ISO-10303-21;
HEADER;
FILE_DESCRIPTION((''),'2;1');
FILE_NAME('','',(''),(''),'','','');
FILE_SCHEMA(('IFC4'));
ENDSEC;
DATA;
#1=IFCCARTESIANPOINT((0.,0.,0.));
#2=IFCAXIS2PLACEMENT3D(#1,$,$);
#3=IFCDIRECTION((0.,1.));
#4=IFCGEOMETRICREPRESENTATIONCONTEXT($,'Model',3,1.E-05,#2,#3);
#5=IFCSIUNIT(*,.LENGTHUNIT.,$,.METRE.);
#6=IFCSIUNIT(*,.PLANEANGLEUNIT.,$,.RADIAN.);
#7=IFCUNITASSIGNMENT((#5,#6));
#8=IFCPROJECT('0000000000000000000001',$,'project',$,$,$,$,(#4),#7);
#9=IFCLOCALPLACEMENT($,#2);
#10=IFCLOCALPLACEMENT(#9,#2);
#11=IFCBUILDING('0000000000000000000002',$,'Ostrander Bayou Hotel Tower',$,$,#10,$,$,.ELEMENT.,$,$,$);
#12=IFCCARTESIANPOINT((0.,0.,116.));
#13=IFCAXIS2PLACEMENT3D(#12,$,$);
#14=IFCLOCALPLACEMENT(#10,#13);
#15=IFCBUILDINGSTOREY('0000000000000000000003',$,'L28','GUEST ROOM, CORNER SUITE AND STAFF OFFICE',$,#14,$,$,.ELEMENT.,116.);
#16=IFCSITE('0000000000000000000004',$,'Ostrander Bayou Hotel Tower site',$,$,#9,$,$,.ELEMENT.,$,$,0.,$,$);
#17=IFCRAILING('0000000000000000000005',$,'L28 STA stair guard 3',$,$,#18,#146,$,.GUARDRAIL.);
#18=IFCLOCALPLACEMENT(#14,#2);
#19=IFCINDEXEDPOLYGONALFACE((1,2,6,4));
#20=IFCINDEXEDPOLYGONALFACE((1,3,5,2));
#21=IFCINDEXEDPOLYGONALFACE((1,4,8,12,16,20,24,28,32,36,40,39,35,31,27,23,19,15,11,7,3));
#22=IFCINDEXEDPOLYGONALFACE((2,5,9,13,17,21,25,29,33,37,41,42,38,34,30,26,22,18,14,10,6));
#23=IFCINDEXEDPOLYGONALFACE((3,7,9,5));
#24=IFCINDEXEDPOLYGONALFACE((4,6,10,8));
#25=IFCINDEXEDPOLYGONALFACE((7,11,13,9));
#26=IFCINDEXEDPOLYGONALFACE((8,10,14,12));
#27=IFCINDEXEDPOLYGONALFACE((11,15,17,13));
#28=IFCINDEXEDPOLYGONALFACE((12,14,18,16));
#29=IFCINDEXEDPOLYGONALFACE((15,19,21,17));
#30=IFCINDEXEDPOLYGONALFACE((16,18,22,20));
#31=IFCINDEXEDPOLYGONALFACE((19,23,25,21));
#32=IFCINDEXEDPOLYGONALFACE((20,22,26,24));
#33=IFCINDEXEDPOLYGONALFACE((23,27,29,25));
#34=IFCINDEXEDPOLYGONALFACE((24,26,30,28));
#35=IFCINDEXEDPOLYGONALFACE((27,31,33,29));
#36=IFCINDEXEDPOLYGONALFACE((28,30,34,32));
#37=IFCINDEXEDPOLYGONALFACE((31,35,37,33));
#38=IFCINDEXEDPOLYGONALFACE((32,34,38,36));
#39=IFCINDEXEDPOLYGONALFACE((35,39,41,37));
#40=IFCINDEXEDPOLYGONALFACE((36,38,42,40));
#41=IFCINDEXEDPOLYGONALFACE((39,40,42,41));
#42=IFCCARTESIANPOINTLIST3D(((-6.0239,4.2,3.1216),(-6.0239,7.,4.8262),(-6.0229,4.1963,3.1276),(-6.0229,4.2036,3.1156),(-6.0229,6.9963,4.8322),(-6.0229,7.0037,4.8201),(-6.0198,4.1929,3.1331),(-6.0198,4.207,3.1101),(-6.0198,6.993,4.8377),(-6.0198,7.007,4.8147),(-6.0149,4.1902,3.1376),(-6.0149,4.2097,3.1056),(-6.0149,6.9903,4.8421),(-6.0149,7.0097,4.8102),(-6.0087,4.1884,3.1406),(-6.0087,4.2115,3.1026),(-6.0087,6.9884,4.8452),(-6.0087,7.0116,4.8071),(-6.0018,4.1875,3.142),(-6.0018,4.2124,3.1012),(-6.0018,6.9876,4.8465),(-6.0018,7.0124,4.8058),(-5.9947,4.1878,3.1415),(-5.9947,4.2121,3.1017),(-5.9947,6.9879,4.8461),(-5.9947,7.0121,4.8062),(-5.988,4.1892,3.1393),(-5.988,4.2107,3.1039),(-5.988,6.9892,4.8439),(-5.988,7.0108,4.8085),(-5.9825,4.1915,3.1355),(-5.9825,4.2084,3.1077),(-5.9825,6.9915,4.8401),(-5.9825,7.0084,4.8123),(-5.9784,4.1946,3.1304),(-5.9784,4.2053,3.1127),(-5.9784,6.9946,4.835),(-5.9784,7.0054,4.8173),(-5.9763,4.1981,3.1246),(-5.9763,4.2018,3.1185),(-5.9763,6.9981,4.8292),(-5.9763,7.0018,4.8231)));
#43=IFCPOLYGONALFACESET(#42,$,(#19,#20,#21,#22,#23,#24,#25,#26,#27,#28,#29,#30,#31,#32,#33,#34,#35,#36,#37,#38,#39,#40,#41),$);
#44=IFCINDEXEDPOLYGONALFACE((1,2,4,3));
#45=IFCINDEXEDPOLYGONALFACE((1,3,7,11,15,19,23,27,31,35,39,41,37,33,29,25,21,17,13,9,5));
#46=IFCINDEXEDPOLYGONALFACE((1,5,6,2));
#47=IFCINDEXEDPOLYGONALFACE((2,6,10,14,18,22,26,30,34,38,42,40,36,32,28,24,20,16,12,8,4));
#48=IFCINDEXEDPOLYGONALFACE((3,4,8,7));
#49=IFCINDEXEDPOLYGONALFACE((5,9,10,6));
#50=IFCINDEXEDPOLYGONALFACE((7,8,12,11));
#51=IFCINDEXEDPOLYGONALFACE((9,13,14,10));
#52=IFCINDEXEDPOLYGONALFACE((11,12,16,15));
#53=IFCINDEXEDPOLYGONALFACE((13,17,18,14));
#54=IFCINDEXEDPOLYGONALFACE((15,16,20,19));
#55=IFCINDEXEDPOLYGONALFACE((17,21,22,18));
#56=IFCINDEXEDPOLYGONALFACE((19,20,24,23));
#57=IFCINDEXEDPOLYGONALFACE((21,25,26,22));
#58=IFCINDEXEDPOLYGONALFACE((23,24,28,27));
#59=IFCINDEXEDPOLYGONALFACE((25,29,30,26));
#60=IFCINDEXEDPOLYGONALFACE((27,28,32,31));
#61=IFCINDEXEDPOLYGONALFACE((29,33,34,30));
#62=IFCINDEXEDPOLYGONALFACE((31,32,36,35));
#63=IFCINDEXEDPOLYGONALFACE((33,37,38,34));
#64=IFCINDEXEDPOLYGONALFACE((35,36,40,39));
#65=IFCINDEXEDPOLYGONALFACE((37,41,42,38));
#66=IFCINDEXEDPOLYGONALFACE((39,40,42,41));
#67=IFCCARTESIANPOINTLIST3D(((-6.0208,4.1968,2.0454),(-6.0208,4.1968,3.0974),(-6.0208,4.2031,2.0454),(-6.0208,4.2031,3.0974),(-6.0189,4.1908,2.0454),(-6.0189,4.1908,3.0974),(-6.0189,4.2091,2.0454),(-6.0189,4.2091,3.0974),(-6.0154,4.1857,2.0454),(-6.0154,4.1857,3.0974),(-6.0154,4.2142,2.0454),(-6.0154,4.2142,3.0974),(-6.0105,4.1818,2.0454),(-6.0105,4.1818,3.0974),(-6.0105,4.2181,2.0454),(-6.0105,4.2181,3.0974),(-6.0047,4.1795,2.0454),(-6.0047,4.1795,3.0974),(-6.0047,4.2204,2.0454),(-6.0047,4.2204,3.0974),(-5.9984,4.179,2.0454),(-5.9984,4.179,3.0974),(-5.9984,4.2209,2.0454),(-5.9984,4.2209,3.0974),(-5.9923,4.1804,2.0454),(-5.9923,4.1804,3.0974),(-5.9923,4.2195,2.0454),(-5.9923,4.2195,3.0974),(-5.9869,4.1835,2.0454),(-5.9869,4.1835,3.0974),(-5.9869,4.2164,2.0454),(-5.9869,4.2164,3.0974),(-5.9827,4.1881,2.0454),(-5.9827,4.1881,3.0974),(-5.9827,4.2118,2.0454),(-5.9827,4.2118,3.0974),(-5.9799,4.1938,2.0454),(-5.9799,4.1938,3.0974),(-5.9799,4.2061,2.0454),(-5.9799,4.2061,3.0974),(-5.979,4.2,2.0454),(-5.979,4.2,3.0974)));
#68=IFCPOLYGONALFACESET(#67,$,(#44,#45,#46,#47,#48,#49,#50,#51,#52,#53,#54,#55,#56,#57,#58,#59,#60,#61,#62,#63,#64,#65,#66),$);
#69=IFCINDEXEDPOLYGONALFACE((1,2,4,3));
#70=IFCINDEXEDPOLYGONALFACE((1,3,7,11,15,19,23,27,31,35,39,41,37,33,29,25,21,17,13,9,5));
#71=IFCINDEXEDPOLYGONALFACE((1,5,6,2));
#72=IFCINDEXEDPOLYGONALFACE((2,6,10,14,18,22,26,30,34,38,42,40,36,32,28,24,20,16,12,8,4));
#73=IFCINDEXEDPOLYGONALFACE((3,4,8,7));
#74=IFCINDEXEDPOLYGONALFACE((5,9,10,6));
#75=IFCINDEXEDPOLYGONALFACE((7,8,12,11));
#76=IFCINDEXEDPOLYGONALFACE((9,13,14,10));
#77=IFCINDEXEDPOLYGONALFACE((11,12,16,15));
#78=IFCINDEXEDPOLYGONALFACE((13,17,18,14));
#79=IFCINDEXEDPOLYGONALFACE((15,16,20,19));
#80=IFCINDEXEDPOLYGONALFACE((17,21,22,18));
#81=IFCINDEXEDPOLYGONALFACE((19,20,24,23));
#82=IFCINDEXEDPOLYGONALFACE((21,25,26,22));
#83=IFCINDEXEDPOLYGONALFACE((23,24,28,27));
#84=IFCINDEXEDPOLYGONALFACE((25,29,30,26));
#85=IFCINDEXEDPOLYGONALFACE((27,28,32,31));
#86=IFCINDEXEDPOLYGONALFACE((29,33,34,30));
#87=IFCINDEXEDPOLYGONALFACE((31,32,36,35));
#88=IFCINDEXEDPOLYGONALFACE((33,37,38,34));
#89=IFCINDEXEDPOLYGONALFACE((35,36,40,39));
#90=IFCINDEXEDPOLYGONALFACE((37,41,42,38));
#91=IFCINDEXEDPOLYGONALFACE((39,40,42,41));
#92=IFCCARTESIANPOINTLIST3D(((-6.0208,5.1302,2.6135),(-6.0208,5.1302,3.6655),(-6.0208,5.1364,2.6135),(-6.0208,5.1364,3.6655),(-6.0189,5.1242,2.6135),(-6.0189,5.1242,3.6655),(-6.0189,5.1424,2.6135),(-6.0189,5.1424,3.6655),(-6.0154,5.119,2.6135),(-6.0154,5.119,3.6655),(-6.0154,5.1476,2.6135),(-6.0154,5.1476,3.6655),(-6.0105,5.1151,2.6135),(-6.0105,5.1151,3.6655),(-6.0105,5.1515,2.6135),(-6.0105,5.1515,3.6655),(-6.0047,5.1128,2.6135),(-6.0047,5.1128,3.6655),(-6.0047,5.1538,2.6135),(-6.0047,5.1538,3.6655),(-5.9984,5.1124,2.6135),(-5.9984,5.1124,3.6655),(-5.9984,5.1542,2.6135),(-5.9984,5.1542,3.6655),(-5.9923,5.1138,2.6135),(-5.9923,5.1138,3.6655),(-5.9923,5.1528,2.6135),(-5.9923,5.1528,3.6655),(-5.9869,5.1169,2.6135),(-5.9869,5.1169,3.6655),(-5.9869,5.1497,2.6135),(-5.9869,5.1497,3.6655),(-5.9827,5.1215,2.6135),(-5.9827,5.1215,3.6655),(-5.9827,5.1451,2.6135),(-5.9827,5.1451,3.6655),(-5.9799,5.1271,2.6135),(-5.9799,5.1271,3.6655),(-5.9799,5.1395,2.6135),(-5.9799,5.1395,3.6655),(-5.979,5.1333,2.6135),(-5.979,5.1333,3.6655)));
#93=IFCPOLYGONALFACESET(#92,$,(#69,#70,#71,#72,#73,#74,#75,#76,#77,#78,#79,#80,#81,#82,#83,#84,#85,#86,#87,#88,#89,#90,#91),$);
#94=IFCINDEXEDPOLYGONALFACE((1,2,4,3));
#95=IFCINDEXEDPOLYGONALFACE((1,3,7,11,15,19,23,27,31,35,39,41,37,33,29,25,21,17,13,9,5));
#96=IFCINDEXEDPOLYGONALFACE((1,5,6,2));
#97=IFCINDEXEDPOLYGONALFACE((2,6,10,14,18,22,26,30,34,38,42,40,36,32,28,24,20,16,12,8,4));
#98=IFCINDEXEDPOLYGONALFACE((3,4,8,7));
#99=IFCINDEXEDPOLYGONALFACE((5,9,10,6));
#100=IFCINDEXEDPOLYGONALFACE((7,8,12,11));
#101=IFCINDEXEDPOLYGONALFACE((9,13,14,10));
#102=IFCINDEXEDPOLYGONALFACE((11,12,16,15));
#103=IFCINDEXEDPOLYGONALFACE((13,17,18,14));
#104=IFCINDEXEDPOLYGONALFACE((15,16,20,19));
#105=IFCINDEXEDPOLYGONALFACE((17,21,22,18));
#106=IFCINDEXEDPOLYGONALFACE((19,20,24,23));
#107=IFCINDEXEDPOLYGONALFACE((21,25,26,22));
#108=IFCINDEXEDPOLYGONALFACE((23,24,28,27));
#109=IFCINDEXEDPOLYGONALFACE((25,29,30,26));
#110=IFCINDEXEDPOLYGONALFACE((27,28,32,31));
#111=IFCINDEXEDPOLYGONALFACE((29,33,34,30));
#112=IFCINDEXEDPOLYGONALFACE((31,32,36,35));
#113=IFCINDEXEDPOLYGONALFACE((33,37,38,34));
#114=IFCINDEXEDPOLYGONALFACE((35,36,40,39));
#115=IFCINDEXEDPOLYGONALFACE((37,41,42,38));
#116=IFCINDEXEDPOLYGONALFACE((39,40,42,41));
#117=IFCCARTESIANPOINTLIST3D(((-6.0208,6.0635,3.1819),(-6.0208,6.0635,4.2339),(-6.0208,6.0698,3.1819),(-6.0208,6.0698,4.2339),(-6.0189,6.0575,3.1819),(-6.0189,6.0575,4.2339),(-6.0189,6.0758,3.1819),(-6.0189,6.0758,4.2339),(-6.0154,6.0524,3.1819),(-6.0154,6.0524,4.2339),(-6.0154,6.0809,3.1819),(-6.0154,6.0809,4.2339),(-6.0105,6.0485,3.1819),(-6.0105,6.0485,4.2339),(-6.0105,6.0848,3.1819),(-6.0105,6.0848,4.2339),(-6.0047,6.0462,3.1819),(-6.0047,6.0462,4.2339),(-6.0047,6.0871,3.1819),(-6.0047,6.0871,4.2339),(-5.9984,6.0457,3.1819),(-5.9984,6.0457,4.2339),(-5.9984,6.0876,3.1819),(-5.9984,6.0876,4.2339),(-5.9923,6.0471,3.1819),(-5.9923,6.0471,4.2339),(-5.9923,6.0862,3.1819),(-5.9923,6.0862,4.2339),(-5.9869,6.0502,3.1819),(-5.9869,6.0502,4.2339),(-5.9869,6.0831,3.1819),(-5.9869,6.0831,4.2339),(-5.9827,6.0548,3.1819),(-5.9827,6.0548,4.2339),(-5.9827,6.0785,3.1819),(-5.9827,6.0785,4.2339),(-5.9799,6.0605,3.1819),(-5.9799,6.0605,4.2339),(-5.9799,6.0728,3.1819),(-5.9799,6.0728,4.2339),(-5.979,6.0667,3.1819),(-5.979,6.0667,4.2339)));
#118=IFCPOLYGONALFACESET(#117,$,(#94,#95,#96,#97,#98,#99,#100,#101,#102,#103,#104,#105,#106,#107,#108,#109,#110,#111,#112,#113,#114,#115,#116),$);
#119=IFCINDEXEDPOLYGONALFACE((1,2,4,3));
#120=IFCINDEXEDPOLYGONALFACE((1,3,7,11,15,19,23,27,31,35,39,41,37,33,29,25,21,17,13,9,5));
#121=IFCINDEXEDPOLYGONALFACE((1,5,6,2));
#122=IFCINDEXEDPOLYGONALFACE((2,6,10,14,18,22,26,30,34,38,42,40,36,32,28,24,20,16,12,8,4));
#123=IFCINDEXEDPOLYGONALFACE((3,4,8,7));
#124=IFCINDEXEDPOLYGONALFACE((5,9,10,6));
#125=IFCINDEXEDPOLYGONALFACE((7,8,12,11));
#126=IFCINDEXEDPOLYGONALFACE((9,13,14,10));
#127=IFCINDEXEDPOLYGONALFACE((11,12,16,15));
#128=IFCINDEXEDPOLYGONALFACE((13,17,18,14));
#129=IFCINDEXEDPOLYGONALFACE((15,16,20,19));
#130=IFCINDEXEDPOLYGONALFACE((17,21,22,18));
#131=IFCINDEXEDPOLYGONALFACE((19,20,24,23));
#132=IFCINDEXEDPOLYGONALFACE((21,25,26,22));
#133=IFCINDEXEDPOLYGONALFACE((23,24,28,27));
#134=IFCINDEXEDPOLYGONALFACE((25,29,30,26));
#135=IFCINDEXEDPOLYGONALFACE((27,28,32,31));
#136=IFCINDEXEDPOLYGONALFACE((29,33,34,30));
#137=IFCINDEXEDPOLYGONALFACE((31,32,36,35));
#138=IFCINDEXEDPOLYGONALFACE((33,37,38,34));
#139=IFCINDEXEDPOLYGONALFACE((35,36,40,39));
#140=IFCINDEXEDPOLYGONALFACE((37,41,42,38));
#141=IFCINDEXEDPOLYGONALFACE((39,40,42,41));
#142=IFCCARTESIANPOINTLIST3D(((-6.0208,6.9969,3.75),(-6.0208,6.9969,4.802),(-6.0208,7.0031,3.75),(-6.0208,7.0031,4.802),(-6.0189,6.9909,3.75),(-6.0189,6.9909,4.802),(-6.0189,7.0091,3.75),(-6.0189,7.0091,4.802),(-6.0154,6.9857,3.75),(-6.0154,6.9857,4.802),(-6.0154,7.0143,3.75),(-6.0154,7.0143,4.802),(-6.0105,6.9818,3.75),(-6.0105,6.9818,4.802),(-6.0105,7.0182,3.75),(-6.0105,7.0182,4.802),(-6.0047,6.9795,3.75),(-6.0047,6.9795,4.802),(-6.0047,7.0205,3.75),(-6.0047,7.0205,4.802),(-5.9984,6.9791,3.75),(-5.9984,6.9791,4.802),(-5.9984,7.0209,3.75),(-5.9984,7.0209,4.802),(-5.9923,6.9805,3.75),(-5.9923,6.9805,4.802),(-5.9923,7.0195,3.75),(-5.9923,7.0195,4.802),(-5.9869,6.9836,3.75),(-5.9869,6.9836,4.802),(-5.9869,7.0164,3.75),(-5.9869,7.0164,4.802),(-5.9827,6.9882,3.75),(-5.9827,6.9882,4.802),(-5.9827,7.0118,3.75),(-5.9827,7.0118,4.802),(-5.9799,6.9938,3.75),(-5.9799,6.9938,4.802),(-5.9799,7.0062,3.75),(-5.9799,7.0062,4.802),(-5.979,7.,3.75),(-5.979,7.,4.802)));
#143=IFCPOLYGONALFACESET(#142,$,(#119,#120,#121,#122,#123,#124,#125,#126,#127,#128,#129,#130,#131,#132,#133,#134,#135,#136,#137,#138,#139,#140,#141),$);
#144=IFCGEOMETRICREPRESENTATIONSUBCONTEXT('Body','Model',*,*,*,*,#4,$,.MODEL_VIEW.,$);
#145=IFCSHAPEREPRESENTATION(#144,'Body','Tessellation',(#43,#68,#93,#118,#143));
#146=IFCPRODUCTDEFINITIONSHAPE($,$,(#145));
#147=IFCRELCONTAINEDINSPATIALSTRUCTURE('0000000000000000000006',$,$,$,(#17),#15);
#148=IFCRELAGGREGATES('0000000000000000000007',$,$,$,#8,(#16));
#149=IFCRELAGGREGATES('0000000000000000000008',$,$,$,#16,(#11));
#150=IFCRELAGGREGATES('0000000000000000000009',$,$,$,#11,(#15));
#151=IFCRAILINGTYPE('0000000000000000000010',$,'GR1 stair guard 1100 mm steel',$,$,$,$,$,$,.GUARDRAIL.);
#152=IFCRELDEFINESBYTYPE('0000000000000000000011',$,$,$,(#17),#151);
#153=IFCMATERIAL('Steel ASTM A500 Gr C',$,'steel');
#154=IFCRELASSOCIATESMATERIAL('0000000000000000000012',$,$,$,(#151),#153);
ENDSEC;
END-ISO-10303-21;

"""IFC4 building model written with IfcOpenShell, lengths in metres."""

from ifc_helpers import new_model, si_unit, direction, frame, origin, origin_2d, place, context, subcontext, project, spatial, circle, extrude, material, type_object, element, save


model = new_model("IFC4")

# Units and contexts
model_context = context("Model", 3, precision=1e-05, world=origin(), true_north=direction((0.0, 1.0)))
body_context = subcontext(model_context, "Body", "Model", "MODEL_VIEW")
ifc_project = project(units=[si_unit("LENGTHUNIT", "METRE"), si_unit("PLANEANGLEUNIT", "RADIAN")], contexts=[model_context])

# Site, building, storey
site_placement = place(None, origin())
site = spatial("IfcSite", under=ifc_project, at=site_placement, Name="Ostrander Bayou Hotel Tower site", CompositionType="ELEMENT", RefElevation=0.0)
building_placement = place(site_placement, origin())
building = spatial("IfcBuilding", under=site, at=building_placement, Name="Ostrander Bayou Hotel Tower", CompositionType="ELEMENT")
storey_placement = place(building_placement, frame((0.0, 0.0, 116.0)))
storey = spatial("IfcBuildingStorey", under=building, at=storey_placement, Name="L28", Description="GUEST ROOM, CORNER SUITE AND STAFF OFFICE", CompositionType="ELEMENT", Elevation=116.0)

# Railing
ifc_material_1 = material(Name="Steel ASTM A500 Gr C", Category="steel")
railing_type_1 = type_object("IfcRailingType", Name="GR1 stair guard 1100 mm steel", PredefinedType="GUARDRAIL", material=ifc_material_1)
railing_1_placement = place(storey_placement, frame((-6.0, 4.2, 2.0454)))
element("IfcRailing", 1, at=railing_1_placement, inside=storey, type_object=railing_type_1, Name="L28 STA stair guard 3", PredefinedType="GUARDRAIL", context=body_context, shape_type="SweptSolid", body=[
    extrude(circle(Radius=0.0239, at=origin_2d()), frame((0.0, 0.0, 1.0762), z_axis=(0.0, 0.85417, 0.519994), x_axis=(-1.0, 0.0, 0.0)), (0.0, 0.0, 1.0), 3.2781),
    extrude(circle(Radius=0.021, at=origin_2d()), origin(), (0.0, 0.0, 1.0), 1.052),
    extrude(circle(Radius=0.021, at=origin_2d()), frame((0.0, 0.9333, 0.5681)), (0.0, 0.0, 1.0), 1.052),
    extrude(circle(Radius=0.021, at=origin_2d()), frame((0.0, 1.8667, 1.1365)), (0.0, 0.0, 1.0), 1.052),
    extrude(circle(Radius=0.021, at=origin_2d()), frame((0.0, 2.8, 1.7046)), (0.0, 0.0, 1.0), 1.052),
])

save(model, "model.ifc")
